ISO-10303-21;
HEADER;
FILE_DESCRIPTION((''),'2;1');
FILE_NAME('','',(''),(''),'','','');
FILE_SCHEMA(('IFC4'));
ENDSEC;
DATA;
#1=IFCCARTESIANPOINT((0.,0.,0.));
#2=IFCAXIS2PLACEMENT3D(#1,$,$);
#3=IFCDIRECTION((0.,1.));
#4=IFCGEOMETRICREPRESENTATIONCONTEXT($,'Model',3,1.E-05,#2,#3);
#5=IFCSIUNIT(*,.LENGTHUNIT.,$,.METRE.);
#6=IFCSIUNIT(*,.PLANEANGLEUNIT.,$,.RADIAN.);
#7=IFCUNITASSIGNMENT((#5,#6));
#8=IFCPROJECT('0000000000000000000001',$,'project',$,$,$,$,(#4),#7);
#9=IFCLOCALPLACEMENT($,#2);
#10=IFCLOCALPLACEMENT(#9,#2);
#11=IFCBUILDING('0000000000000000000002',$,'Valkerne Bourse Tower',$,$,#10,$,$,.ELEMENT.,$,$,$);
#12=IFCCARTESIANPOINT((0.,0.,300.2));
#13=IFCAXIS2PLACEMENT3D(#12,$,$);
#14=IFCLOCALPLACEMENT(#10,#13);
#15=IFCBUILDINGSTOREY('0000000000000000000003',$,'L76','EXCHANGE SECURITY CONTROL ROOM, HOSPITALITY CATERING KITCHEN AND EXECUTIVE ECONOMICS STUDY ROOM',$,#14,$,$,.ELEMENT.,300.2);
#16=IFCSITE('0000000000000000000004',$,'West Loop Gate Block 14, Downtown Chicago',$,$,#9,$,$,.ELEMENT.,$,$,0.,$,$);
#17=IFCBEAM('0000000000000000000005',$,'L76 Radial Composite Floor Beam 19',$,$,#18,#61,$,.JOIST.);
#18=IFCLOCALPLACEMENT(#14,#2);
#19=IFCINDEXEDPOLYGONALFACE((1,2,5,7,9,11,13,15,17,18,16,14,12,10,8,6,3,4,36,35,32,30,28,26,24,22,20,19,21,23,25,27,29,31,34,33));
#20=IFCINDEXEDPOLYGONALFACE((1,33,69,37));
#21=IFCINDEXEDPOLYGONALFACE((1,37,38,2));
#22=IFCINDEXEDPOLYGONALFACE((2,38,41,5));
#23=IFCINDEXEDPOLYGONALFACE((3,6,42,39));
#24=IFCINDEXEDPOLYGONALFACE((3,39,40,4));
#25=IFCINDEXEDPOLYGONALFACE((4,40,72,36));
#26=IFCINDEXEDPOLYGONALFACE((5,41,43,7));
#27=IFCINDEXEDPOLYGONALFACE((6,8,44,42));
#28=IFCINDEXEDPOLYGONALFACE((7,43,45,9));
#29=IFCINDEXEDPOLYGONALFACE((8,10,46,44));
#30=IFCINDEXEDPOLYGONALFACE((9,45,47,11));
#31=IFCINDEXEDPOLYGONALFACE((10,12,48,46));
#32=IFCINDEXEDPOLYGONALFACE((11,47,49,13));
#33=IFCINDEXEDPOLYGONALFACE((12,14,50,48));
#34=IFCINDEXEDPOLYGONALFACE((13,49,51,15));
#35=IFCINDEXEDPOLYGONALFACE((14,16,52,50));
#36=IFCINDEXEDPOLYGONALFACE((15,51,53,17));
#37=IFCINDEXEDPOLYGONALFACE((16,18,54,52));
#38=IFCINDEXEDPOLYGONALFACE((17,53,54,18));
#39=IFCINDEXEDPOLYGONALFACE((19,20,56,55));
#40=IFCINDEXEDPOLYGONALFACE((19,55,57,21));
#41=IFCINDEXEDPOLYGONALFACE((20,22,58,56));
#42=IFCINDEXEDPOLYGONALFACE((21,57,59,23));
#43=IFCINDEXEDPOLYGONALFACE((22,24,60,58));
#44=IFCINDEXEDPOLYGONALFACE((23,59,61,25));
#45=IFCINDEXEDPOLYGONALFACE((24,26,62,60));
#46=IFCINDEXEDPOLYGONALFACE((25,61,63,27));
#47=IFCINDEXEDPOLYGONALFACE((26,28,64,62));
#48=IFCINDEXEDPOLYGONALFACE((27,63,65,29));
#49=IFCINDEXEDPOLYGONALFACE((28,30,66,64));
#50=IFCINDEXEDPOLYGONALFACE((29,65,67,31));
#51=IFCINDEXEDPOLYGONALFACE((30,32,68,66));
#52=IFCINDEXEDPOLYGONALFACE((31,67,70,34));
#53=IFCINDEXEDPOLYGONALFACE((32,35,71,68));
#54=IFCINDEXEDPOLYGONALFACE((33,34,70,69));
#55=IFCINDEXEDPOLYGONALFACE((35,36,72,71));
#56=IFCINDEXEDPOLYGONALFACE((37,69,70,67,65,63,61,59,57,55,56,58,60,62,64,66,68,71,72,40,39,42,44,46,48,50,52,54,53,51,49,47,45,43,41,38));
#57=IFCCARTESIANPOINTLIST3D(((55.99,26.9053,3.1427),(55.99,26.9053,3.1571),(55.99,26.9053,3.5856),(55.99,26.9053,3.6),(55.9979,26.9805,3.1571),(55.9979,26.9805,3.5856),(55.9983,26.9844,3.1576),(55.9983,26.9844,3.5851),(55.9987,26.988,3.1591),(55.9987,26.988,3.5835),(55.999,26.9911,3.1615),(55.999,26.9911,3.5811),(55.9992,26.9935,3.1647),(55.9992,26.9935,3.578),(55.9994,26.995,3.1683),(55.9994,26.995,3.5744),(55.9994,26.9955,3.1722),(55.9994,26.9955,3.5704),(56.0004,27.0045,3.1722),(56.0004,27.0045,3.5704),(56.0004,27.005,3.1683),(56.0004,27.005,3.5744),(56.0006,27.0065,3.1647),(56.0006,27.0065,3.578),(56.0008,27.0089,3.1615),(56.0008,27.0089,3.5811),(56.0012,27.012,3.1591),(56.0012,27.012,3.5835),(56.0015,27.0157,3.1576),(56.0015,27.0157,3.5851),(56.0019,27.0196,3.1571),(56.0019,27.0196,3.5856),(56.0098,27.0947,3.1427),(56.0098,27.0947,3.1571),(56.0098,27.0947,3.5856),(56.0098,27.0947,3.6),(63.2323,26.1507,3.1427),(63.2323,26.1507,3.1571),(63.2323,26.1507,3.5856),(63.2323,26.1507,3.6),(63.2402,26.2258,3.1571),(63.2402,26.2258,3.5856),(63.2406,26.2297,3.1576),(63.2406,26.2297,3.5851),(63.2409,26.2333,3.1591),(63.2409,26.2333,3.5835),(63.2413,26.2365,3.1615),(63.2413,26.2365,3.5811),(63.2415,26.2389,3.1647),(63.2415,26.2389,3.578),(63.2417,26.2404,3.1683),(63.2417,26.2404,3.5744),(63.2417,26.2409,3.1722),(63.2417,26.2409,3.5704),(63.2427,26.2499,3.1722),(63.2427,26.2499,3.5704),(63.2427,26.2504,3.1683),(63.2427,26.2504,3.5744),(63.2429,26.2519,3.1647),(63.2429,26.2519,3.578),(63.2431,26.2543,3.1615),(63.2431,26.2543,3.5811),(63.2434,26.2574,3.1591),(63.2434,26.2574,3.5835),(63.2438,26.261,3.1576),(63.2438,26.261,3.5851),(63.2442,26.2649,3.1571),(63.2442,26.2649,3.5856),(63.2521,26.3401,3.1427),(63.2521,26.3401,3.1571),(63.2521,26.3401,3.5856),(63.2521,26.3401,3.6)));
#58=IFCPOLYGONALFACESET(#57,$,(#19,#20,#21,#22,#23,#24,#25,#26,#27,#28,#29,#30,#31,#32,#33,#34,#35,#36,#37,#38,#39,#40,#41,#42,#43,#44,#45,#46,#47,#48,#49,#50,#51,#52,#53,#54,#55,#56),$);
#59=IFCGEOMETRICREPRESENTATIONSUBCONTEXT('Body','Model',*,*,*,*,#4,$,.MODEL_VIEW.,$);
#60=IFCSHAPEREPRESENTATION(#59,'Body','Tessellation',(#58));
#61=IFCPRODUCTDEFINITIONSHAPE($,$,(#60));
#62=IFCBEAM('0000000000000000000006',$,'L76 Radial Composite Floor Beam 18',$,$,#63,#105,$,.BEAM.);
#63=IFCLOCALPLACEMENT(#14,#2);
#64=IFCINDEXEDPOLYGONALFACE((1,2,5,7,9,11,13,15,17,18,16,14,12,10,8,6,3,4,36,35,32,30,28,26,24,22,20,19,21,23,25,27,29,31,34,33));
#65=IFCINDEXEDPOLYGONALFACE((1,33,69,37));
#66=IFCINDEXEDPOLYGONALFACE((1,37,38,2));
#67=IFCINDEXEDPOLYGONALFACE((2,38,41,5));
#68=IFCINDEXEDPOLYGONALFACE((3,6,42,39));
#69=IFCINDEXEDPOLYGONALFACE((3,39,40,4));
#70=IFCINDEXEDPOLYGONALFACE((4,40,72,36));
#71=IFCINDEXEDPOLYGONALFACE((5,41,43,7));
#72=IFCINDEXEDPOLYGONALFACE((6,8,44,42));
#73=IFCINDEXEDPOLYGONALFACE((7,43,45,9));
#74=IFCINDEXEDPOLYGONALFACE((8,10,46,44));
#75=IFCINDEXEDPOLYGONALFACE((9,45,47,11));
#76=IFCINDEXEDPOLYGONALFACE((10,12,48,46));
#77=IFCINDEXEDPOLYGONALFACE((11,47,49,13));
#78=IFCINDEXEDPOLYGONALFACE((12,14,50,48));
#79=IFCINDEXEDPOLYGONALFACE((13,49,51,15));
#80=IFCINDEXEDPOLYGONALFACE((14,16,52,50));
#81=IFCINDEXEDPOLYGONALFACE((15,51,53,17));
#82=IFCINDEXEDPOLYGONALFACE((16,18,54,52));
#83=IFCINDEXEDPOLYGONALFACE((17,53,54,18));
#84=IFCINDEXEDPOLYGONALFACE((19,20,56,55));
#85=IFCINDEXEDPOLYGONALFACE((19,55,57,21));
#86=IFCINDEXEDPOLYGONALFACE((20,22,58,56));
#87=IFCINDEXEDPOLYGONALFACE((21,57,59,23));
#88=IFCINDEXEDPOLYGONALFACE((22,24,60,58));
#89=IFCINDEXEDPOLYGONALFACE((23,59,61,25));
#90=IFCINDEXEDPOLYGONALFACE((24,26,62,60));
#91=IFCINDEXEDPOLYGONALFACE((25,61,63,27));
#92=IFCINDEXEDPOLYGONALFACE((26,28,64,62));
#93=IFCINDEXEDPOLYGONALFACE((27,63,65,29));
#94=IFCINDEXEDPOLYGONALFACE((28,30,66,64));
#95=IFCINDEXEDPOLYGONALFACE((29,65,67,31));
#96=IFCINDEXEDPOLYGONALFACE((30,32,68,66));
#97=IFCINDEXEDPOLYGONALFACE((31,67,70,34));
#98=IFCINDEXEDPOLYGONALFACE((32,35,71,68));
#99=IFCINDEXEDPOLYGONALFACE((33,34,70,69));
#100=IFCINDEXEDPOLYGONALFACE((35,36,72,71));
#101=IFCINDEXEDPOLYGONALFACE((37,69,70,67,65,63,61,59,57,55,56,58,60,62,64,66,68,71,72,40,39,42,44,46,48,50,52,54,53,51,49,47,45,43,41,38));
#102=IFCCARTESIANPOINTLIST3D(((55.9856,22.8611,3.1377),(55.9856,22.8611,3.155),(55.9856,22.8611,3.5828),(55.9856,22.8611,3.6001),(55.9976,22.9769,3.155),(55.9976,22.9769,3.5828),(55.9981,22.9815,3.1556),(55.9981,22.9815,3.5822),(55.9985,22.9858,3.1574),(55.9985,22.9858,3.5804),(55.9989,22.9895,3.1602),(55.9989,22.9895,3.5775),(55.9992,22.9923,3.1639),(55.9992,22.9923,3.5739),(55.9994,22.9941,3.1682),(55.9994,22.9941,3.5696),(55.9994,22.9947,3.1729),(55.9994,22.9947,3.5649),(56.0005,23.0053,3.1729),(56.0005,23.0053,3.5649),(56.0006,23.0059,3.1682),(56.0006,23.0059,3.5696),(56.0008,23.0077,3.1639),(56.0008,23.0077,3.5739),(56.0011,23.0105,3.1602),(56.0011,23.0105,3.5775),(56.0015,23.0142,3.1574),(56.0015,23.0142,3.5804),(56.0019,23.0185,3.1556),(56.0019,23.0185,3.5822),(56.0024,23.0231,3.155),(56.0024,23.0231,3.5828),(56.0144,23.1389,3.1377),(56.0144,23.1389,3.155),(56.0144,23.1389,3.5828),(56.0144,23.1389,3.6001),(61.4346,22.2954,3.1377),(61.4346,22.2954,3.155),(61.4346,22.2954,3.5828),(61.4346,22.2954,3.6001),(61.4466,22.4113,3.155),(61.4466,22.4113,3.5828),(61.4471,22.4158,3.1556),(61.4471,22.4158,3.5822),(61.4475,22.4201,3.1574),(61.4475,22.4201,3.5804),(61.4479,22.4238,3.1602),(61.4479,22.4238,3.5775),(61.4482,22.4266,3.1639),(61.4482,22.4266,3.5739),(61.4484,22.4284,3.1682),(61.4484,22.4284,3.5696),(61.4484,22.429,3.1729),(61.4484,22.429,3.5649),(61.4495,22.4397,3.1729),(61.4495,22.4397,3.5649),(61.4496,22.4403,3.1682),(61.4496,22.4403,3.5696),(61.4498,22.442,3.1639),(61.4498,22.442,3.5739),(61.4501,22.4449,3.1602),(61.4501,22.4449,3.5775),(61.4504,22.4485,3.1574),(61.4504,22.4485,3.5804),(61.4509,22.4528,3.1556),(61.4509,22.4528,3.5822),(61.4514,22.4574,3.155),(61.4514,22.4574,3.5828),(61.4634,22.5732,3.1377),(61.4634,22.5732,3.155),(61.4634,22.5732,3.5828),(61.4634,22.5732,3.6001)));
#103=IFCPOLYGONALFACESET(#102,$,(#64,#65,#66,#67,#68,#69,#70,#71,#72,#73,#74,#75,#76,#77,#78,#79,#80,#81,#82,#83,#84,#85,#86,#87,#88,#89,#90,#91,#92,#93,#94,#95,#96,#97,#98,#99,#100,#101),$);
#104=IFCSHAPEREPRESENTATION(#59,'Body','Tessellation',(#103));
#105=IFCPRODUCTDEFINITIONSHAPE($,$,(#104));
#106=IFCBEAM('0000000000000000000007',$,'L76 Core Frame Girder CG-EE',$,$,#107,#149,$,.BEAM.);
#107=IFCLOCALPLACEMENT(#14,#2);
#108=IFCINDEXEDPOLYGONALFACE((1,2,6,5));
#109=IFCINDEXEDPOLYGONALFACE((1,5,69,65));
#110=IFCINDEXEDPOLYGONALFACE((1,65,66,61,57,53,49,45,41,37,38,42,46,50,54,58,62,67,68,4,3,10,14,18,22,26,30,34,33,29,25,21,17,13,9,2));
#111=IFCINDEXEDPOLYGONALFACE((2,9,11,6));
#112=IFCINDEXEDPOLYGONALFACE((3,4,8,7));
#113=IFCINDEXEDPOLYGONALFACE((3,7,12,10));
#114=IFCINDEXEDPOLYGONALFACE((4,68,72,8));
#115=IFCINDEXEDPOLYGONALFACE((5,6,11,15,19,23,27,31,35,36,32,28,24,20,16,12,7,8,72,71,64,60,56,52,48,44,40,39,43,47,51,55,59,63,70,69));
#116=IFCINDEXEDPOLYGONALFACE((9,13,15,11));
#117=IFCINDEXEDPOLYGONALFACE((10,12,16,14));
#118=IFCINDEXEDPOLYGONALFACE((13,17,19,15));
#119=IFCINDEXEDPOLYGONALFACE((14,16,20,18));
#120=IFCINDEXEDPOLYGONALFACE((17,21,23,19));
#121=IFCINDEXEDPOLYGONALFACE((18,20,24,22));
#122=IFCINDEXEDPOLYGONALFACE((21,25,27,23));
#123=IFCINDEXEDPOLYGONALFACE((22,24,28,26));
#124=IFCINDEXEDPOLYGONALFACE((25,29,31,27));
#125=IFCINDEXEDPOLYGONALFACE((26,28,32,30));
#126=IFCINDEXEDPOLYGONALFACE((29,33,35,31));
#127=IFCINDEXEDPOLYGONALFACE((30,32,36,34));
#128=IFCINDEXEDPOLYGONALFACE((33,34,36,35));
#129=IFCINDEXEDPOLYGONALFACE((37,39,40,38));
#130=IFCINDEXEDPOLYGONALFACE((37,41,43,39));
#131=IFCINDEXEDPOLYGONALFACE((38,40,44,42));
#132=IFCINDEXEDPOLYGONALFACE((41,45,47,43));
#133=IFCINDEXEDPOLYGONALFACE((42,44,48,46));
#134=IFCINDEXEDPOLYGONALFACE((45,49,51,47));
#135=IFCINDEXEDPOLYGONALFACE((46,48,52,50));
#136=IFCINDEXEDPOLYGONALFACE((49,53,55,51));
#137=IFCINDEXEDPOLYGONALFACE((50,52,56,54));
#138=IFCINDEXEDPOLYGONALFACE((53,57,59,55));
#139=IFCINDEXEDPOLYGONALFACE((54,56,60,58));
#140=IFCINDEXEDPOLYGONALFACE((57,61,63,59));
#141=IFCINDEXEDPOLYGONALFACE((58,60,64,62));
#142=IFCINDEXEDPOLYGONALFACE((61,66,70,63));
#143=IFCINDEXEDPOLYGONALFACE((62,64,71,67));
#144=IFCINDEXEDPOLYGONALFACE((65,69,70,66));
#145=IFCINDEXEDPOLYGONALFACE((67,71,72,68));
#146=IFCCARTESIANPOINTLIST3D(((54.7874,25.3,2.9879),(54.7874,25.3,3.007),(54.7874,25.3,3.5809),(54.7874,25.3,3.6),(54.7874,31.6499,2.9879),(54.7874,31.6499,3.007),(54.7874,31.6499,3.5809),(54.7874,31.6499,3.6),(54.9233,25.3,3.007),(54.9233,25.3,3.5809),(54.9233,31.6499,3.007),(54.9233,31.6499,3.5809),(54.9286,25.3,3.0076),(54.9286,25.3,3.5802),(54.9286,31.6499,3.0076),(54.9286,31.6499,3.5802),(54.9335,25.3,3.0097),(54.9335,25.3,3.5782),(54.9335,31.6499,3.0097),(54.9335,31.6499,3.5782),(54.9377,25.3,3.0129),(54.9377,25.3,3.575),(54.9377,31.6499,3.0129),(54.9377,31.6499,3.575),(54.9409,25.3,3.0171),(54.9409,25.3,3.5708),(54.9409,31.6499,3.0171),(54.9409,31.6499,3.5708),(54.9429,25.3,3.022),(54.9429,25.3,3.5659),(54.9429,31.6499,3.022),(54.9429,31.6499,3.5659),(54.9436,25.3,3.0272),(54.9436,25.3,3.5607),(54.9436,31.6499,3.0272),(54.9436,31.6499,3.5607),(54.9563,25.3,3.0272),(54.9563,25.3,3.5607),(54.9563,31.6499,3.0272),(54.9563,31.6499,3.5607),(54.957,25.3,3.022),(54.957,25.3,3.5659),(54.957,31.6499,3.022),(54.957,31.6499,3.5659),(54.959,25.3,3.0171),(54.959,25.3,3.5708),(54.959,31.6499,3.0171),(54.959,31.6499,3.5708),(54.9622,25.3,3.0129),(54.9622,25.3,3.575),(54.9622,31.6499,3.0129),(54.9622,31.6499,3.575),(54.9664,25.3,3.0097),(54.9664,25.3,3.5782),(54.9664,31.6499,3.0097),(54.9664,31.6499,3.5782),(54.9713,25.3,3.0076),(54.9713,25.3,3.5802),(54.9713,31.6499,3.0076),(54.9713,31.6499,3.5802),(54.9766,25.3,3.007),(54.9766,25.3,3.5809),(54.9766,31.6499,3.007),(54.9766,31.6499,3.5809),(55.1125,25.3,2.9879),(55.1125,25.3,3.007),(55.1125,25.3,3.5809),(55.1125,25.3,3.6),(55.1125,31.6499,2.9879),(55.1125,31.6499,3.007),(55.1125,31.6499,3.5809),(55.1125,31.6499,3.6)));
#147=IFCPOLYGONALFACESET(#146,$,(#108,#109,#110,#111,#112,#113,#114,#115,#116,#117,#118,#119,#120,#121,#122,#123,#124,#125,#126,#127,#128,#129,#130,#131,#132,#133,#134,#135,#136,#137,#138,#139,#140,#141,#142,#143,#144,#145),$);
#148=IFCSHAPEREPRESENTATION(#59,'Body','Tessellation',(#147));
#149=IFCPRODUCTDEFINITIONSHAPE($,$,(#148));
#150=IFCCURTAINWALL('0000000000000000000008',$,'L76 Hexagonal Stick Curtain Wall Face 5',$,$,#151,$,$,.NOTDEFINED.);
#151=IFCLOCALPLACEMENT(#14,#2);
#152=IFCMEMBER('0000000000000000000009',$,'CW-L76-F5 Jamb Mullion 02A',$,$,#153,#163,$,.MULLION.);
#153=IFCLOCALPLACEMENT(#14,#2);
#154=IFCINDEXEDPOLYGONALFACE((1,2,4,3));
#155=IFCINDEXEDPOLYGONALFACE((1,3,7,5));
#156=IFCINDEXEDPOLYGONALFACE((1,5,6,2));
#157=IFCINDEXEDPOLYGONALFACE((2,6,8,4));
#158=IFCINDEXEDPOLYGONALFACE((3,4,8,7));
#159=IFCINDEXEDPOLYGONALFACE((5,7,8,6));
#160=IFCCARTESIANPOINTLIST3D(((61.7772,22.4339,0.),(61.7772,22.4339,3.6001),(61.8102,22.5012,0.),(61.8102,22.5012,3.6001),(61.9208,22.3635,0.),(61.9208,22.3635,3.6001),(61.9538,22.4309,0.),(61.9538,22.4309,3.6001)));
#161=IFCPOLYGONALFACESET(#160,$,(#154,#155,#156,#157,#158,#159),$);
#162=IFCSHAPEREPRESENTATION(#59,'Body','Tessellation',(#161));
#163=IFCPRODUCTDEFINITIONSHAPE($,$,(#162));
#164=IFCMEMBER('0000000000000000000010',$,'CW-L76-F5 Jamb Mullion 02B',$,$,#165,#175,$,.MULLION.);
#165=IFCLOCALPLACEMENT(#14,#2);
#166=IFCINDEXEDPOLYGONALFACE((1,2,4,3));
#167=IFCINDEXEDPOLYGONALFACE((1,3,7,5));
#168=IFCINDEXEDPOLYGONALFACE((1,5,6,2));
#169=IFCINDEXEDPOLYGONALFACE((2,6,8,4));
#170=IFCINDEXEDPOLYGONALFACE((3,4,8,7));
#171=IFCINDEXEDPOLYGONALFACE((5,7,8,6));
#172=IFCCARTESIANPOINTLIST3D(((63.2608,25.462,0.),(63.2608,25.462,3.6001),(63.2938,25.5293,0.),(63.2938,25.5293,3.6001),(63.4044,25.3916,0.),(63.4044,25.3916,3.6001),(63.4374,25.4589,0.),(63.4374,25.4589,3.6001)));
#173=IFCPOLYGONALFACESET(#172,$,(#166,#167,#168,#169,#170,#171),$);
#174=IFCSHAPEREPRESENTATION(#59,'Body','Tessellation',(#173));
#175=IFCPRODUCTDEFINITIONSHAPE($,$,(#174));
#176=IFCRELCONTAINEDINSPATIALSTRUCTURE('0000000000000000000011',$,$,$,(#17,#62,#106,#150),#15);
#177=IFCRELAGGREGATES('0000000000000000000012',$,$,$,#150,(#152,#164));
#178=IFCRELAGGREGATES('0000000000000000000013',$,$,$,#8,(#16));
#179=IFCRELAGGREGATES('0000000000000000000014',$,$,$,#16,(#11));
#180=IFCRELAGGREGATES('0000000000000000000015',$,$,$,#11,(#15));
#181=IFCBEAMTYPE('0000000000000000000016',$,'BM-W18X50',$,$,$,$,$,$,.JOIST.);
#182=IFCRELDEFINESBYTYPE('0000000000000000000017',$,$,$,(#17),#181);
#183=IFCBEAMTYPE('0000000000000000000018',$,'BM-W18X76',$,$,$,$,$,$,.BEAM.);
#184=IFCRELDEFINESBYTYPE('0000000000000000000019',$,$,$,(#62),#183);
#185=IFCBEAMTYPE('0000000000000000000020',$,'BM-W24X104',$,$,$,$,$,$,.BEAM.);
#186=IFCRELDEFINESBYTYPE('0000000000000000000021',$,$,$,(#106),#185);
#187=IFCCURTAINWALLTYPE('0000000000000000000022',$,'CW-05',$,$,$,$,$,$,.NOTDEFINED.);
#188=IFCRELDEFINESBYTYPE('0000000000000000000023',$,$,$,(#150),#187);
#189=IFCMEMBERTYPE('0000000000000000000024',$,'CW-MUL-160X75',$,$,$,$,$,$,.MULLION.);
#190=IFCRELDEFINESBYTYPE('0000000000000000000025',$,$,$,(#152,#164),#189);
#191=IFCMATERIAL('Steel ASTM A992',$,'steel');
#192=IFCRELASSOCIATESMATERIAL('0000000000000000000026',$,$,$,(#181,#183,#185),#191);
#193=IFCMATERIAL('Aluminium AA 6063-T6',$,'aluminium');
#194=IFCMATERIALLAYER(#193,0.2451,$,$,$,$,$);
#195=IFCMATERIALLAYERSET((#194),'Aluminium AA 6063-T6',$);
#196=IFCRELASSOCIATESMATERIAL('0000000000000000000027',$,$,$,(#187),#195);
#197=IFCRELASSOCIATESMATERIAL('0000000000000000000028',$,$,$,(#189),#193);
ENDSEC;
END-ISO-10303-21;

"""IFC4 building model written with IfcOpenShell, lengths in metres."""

from ifc_helpers import new_model, si_unit, direction, frame, origin, origin_2d, place, context, subcontext, project, spatial, rectangle, i_section, extrude, material, layer, layer_set, material_profile, profile_set, type_object, element, aggregate, save


model = new_model("IFC4")

# Units and contexts
model_context = context("Model", 3, precision=1e-05, world=origin(), true_north=direction((0.0, 1.0)))
body_context = subcontext(model_context, "Body", "Model", "MODEL_VIEW")
ifc_project = project(units=[si_unit("LENGTHUNIT", "METRE"), si_unit("PLANEANGLEUNIT", "RADIAN")], contexts=[model_context])

# Site, building, storey
site_placement = place(None, origin())
site = spatial("IfcSite", under=ifc_project, at=site_placement, Name="West Loop Gate Block 14, Downtown Chicago", CompositionType="ELEMENT", RefElevation=0.0)
building_placement = place(site_placement, origin())
building = spatial("IfcBuilding", under=site, at=building_placement, Name="Valkerne Bourse Tower", CompositionType="ELEMENT")
storey_placement = place(building_placement, frame((0.0, 0.0, 300.2)))
storey = spatial("IfcBuildingStorey", under=building, at=storey_placement, Name="L76", Description="EXCHANGE SECURITY CONTROL ROOM, HOSPITALITY CATERING KITCHEN AND EXECUTIVE ECONOMICS STUDY ROOM", CompositionType="ELEMENT", Elevation=300.2)

# Beams
ifc_material_1 = material(Name="Steel ASTM A992", Category="steel")
ifc_material_profile_1 = material_profile(ifc_material_1, i_section(OverallWidth=0.1904, OverallDepth=0.4573, WebThickness=0.009, FlangeThickness=0.0144, FilletRadius=0.0151, at=origin_2d()), Name="W18X50")
ifc_profile_set_1 = profile_set([ifc_material_profile_1], Name="Steel ASTM A992")
beam_type_1 = type_object("IfcBeamType", Name="BM-W18X50", PredefinedType="JOIST", material=ifc_profile_set_1)
beam_1_placement = place(storey_placement, frame((63.2422, 26.2454, 3.3713), z_axis=(-0.994615, 0.103639, 0.0), x_axis=(-0.103639, -0.994615, 0.0)))
element("IfcBeam", 1, at=beam_1_placement, inside=storey, type_object=beam_type_1, Name="L76 Radial Composite Floor Beam 19", PredefinedType="JOIST", context=body_context, shape_type="SweptSolid", body=[
    extrude(i_section(OverallWidth=0.1904, OverallDepth=0.4573, WebThickness=0.009, FlangeThickness=0.0144, FilletRadius=0.0151, at=origin_2d()), origin(), (0.0, 0.0, 1.0), 7.2815),
])
ifc_material_profile_2 = material_profile(ifc_material_1, i_section(OverallWidth=0.2793, OverallDepth=0.4624, WebThickness=0.0107, FlangeThickness=0.0173, FilletRadius=0.0178, at=origin_2d()), Name="W18X76")
ifc_profile_set_2 = profile_set([ifc_material_profile_2], Name="Steel ASTM A992")
beam_type_2 = type_object("IfcBeamType", Name="BM-W18X76", PredefinedType="BEAM", material=ifc_profile_set_2)
beam_2_placement = place(storey_placement, frame((61.449, 22.4343, 3.3689), z_axis=(-0.994655, 0.103258, 0.0), x_axis=(-0.103258, -0.994655, 0.0)))
element("IfcBeam", 2, at=beam_2_placement, inside=storey, type_object=beam_type_2, Name="L76 Radial Composite Floor Beam 18", PredefinedType="BEAM", context=body_context, shape_type="SweptSolid", body=[
    extrude(i_section(OverallWidth=0.2793, OverallDepth=0.4624, WebThickness=0.0107, FlangeThickness=0.0173, FilletRadius=0.0178, at=origin_2d()), origin(), (0.0, 0.0, 1.0), 5.4783),
])
ifc_material_profile_3 = material_profile(ifc_material_1, i_section(OverallWidth=0.3252, OverallDepth=0.6121, WebThickness=0.0127, FlangeThickness=0.019, FilletRadius=0.0203, at=origin_2d()), Name="W24X104")
ifc_profile_set_3 = profile_set([ifc_material_profile_3], Name="Steel ASTM A992")
beam_type_3 = type_object("IfcBeamType", Name="BM-W24X104", PredefinedType="BEAM", material=ifc_profile_set_3)
beam_3_placement = place(storey_placement, frame((54.95, 25.3, 3.2939), z_axis=(0.0, 1.0, 0.0), x_axis=(-1.0, 0.0, 0.0)))
element("IfcBeam", 3, at=beam_3_placement, inside=storey, type_object=beam_type_3, Name="L76 Core Frame Girder CG-EE", PredefinedType="BEAM", context=body_context, shape_type="SweptSolid", body=[
    extrude(i_section(OverallWidth=0.3252, OverallDepth=0.6121, WebThickness=0.0127, FlangeThickness=0.019, FilletRadius=0.0203, at=origin_2d()), origin(), (0.0, 0.0, 1.0), 6.3499),
])

# Curtain wall, members
ifc_material_2 = material(Name="Aluminium AA 6063-T6", Category="aluminium")
ifc_layer_1 = layer(ifc_material_2, 0.2451)
ifc_layer_set_1 = layer_set([ifc_layer_1], Name="Aluminium AA 6063-T6")
curtain_wall_type = type_object("IfcCurtainWallType", Name="CW-05", PredefinedType="NOTDEFINED", material=ifc_layer_set_1)
curtain_wall_placement = place(storey_placement, origin())
curtain_wall = element("IfcCurtainWall", 4, at=curtain_wall_placement, inside=storey, type_object=curtain_wall_type, Name="L76 Hexagonal Stick Curtain Wall Face 5", PredefinedType="NOTDEFINED")
ifc_material_profile_4 = material_profile(ifc_material_2, rectangle(XDim=0.075, YDim=0.1599, at=origin_2d()), Name="CWM-75X160")
ifc_profile_set_4 = profile_set([ifc_material_profile_4], Name="Aluminium AA 6063-T6")
member_type_1 = type_object("IfcMemberType", Name="CW-MUL-160X75", PredefinedType="MULLION", material=ifc_profile_set_4)
member_1_placement = place(storey_placement, frame((61.8655, 22.4324, 0.0), z_axis=(0.0, 0.0, 1.0), x_axis=(0.439934, 0.89803, 0.0)))
member_1 = element("IfcMember", 5, at=member_1_placement, type_object=member_type_1, Name="CW-L76-F5 Jamb Mullion 02A", PredefinedType="MULLION", context=body_context, shape_type="SweptSolid", body=[
    extrude(rectangle(XDim=0.075, YDim=0.1599, at=origin_2d()), origin(), (0.0, 0.0, 1.0), 3.6001),
])
member_2_placement = place(storey_placement, frame((63.3491, 25.4604, 0.0), z_axis=(0.0, 0.0, 1.0), x_axis=(0.439934, 0.89803, 0.0)))
member_2 = element("IfcMember", 6, at=member_2_placement, type_object=member_type_1, Name="CW-L76-F5 Jamb Mullion 02B", PredefinedType="MULLION", context=body_context, shape_type="SweptSolid", body=[
    extrude(rectangle(XDim=0.075, YDim=0.1599, at=origin_2d()), origin(), (0.0, 0.0, 1.0), 3.6001),
])

aggregate(curtain_wall, [member_1, member_2])

save(model, "model.ifc")
